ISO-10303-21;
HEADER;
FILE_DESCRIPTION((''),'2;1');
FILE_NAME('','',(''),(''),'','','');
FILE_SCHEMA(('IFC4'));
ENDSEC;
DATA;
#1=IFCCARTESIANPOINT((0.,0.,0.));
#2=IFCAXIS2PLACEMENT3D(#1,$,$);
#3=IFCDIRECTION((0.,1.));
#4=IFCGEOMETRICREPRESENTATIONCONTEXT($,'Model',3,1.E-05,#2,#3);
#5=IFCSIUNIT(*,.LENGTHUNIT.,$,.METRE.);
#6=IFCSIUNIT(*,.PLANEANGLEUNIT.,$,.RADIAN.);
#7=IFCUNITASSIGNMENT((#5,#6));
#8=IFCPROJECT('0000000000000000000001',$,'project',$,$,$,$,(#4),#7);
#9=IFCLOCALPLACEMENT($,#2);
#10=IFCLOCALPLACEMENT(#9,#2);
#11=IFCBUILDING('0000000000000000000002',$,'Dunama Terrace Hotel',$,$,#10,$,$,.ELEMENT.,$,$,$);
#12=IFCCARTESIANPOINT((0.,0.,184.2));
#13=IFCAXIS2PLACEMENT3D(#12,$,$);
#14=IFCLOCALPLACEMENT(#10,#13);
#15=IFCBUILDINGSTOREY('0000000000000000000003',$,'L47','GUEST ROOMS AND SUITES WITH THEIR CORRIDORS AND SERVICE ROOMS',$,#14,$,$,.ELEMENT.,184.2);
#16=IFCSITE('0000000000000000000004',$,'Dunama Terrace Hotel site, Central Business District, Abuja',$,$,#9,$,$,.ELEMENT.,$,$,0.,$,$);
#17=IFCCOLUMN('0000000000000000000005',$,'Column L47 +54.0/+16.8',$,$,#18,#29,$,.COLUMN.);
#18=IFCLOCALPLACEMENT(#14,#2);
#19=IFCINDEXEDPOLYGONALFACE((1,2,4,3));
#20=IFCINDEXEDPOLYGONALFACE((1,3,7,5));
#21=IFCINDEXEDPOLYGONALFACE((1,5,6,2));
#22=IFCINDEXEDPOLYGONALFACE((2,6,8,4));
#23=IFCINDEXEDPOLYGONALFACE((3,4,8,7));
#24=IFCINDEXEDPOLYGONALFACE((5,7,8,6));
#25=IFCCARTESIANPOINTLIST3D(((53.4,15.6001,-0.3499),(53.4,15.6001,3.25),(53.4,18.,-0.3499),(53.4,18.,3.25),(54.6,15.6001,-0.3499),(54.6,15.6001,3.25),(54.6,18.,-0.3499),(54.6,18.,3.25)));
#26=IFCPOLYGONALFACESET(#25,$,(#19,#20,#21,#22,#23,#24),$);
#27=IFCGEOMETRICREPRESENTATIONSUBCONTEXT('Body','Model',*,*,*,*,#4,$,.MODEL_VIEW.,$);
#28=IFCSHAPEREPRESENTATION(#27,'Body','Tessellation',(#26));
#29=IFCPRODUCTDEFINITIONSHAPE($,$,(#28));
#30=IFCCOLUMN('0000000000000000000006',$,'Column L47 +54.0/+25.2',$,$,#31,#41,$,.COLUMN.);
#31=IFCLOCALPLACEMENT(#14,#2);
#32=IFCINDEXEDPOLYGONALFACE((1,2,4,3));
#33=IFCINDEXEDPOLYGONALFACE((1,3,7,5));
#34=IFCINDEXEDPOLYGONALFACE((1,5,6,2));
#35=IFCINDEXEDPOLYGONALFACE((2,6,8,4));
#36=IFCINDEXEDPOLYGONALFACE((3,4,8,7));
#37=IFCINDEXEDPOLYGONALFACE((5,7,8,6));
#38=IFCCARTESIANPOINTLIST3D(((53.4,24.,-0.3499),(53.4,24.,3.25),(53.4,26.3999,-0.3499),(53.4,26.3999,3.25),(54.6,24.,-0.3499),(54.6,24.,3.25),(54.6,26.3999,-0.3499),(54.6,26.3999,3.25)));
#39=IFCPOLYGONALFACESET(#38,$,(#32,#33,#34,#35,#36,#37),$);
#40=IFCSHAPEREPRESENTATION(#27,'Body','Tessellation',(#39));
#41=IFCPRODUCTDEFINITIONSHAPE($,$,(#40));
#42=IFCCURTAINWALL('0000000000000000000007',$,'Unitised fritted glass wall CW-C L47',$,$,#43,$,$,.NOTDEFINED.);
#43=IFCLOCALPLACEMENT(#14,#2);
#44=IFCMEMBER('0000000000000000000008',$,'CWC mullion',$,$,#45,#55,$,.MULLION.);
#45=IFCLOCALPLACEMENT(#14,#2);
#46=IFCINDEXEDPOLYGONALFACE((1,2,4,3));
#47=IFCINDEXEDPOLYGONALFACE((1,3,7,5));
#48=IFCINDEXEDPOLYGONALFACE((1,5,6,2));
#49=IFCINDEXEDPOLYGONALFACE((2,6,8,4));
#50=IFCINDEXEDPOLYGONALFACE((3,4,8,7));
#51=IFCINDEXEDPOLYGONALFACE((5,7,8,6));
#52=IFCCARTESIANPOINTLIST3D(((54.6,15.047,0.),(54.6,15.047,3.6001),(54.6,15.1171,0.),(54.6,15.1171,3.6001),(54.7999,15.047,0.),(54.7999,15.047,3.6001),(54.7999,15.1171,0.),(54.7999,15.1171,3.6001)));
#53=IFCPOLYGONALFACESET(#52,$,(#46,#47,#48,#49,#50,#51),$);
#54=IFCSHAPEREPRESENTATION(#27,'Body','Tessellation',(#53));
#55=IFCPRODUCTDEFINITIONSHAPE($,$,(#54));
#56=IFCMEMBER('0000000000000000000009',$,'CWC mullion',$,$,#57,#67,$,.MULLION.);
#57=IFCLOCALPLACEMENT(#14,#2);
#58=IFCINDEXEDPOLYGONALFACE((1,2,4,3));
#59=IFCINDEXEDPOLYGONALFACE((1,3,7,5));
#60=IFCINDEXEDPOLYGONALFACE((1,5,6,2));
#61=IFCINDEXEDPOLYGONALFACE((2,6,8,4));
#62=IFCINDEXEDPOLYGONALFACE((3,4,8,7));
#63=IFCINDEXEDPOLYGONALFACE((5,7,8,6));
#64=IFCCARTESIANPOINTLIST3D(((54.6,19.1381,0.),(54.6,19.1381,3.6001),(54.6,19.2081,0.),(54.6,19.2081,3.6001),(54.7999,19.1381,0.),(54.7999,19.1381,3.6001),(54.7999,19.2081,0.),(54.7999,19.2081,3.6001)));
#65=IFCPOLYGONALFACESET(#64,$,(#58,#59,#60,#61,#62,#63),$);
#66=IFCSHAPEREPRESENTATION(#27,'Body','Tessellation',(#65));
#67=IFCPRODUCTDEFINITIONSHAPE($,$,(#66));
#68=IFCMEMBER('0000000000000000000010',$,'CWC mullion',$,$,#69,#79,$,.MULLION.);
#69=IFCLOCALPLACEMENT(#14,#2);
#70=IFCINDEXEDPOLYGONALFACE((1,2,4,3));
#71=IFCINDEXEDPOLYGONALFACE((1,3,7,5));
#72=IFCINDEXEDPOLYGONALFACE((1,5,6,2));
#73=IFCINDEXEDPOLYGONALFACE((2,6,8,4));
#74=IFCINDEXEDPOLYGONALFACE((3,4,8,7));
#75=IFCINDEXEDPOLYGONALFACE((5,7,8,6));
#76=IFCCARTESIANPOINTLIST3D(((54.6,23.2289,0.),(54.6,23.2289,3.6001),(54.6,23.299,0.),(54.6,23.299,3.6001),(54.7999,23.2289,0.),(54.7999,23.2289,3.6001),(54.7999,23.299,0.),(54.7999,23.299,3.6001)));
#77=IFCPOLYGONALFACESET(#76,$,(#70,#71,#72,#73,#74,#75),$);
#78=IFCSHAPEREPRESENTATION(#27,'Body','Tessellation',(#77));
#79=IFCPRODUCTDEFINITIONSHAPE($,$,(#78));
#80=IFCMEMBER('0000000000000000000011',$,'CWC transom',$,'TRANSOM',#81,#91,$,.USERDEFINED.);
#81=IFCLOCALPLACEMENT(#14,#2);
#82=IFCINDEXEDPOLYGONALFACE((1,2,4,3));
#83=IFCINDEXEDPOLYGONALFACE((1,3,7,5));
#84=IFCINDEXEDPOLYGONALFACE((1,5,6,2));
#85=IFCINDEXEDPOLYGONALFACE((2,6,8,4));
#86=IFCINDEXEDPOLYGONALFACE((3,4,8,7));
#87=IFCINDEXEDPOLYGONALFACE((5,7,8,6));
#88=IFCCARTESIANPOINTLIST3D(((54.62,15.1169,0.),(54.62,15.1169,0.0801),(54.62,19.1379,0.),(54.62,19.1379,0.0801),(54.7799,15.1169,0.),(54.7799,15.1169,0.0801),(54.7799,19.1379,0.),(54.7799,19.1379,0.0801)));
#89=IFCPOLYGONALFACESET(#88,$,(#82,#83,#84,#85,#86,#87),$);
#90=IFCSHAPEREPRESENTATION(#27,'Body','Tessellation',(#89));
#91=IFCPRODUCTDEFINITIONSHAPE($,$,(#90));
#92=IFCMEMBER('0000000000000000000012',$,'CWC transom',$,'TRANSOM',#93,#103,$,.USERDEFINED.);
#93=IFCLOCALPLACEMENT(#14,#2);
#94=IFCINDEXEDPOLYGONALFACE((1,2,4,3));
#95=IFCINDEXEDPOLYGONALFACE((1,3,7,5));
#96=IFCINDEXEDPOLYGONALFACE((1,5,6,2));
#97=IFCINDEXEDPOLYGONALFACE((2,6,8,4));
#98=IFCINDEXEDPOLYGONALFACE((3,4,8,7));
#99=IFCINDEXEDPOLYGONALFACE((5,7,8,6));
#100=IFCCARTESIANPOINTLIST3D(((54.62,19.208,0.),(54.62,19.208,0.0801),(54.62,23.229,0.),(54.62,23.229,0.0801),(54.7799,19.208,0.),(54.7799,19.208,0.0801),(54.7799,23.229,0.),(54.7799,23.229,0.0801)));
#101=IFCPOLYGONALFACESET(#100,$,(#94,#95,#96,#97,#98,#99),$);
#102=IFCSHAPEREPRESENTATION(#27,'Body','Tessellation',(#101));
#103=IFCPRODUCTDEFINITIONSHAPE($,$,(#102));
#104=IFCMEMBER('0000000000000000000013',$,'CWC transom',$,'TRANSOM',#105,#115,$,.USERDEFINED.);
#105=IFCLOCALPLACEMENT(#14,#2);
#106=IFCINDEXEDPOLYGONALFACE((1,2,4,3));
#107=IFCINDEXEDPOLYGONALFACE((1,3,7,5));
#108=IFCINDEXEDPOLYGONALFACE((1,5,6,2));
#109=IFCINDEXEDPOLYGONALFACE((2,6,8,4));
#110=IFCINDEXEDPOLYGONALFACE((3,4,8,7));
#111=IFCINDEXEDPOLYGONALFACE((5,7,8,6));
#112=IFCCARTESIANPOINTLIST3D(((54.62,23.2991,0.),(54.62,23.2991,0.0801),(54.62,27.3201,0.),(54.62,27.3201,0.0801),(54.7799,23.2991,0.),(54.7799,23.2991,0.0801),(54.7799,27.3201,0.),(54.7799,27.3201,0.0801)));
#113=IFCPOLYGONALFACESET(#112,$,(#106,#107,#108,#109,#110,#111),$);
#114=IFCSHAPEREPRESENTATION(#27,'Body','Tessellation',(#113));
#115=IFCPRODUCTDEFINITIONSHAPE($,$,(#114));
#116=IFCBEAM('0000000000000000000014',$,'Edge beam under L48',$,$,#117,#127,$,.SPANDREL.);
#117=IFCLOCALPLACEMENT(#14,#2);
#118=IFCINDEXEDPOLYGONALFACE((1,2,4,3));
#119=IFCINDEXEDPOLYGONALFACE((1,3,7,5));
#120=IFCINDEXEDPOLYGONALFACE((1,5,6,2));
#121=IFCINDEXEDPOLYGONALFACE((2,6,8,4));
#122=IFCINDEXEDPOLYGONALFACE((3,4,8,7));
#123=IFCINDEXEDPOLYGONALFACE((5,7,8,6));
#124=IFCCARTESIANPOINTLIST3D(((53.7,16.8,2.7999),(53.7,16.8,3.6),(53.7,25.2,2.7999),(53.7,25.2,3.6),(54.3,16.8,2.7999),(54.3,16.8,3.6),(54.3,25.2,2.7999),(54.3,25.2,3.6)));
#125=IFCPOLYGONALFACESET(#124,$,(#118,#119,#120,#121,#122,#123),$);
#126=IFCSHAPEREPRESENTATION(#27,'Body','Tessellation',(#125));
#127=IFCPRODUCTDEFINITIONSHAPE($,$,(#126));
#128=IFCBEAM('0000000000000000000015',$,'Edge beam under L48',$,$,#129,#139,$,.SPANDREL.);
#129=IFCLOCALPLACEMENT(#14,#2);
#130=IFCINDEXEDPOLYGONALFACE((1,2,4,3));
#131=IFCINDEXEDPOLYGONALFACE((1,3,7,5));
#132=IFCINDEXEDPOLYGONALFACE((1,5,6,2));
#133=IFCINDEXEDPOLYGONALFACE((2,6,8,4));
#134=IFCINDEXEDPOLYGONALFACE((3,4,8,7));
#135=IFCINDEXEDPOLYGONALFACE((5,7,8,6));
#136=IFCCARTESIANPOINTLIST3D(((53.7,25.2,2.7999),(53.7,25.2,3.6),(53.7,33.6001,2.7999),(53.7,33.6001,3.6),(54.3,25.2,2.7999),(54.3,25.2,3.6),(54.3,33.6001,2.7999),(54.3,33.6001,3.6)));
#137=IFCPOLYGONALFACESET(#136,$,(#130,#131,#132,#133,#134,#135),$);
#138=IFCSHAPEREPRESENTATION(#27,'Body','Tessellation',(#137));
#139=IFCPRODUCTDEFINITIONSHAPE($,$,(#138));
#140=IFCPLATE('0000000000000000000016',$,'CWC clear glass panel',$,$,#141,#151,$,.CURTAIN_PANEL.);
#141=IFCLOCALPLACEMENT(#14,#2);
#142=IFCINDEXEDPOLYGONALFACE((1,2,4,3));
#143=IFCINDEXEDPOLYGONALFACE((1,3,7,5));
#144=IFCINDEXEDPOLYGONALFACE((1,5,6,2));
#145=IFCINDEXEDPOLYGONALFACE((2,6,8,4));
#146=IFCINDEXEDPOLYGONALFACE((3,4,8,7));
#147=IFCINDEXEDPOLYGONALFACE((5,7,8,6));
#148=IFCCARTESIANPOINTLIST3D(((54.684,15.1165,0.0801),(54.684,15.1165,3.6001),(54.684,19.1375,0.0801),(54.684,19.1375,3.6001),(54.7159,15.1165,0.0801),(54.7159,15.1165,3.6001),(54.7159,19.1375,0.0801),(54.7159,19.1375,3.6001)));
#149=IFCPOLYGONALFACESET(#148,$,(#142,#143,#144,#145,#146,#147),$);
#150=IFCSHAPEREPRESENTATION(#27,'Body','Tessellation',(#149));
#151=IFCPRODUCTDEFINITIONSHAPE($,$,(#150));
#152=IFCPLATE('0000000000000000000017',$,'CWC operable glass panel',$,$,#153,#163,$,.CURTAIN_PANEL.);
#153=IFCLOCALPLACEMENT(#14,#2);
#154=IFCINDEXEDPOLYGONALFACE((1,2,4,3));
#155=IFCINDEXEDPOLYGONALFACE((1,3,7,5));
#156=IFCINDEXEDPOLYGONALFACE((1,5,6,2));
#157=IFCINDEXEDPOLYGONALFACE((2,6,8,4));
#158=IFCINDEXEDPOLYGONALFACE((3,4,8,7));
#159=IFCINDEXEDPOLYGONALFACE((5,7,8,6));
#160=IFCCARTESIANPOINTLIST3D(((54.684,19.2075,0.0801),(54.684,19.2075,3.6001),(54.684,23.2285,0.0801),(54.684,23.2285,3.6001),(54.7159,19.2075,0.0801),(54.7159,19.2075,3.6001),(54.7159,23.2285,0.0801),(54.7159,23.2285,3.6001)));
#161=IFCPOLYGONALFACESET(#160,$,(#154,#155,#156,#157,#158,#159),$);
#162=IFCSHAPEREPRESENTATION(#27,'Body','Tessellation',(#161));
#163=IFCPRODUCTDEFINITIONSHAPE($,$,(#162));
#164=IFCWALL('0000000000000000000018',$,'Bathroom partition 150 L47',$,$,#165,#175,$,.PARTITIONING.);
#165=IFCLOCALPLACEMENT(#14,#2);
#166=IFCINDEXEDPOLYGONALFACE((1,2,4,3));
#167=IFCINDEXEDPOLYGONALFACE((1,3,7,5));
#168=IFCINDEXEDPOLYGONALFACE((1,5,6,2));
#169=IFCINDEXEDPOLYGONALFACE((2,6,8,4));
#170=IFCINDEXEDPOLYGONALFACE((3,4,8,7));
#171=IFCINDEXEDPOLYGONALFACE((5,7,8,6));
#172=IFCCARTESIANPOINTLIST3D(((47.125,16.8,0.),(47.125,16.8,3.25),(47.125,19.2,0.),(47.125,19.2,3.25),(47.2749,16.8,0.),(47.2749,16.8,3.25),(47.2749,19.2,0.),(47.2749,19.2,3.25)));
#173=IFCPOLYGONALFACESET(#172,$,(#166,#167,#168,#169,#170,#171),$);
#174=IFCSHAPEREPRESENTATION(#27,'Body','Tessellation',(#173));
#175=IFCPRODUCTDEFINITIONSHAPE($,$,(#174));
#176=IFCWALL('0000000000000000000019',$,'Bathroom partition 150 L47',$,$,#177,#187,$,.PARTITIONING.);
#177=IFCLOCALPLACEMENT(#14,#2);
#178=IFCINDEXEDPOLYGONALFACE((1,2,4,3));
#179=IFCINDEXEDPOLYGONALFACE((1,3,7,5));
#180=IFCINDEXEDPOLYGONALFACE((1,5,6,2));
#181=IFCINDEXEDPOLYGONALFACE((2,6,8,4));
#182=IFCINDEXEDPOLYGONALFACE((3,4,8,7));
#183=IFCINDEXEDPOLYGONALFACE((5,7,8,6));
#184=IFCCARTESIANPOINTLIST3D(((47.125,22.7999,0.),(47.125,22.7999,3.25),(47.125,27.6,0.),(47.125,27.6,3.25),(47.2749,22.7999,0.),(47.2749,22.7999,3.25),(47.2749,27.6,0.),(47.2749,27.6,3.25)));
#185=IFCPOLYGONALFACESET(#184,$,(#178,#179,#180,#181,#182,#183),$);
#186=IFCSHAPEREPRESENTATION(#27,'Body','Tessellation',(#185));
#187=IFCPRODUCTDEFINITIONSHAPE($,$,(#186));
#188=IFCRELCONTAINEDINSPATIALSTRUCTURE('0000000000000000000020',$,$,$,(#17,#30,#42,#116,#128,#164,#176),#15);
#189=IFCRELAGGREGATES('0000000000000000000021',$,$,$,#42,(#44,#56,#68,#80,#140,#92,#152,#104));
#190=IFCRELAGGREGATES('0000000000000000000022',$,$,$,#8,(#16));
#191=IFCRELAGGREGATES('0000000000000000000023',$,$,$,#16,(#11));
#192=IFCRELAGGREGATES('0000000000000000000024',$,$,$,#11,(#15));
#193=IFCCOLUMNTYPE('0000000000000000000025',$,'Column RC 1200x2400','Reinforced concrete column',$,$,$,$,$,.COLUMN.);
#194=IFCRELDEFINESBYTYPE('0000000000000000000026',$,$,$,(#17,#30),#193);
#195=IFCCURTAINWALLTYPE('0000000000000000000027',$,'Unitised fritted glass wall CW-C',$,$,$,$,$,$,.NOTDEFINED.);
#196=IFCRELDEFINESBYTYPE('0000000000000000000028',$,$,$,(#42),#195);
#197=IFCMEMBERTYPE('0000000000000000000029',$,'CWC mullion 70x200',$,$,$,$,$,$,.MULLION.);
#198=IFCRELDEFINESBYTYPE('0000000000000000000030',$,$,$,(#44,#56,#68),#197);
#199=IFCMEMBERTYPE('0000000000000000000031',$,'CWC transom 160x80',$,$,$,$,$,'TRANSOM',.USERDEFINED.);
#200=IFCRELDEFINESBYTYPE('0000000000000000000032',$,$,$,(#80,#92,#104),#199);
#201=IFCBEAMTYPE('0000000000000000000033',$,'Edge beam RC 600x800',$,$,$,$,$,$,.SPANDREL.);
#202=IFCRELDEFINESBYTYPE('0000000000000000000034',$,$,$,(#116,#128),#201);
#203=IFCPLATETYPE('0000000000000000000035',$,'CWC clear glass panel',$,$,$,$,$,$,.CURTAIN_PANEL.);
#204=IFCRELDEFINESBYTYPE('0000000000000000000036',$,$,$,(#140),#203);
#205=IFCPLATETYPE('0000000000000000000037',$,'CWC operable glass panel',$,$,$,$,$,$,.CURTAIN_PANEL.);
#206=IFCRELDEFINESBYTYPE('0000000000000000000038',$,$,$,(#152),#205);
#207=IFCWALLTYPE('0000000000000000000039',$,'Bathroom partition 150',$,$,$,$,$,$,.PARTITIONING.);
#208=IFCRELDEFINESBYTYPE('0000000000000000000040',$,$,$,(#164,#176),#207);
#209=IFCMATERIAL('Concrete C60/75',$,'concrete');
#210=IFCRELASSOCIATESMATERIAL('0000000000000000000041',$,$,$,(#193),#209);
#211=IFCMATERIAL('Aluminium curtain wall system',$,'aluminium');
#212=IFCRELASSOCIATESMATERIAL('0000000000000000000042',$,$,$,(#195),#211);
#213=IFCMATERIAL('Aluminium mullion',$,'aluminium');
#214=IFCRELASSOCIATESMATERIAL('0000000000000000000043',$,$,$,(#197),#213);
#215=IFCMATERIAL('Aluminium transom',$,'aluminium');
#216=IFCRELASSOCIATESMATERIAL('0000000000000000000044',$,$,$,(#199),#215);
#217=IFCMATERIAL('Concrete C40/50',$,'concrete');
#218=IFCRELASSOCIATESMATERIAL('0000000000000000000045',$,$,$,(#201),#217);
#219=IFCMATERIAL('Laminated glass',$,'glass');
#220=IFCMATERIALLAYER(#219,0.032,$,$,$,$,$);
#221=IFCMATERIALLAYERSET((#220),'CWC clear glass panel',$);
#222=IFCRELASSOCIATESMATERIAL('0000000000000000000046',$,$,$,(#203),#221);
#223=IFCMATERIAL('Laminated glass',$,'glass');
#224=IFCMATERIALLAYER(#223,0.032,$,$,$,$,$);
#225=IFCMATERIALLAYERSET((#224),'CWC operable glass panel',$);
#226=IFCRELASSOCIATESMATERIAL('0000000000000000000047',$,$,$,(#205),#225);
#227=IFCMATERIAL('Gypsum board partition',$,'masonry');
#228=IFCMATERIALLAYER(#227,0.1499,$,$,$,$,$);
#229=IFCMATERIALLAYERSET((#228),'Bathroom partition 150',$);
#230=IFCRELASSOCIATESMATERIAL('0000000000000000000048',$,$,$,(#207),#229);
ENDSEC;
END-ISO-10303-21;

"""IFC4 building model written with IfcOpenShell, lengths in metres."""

from ifc_helpers import new_model, si_unit, direction, frame, frame_2d, origin, origin_2d, place, context, subcontext, project, spatial, rectangle, extrude, material, layer, layer_set, material_profile, profile_set, type_object, element, aggregate, save


model = new_model("IFC4")

# Units and contexts
model_context = context("Model", 3, precision=1e-05, world=origin(), true_north=direction((0.0, 1.0)))
body_context = subcontext(model_context, "Body", "Model", "MODEL_VIEW")
ifc_project = project(units=[si_unit("LENGTHUNIT", "METRE"), si_unit("PLANEANGLEUNIT", "RADIAN")], contexts=[model_context])

# Site, building, storey
site_placement = place(None, origin())
site = spatial("IfcSite", under=ifc_project, at=site_placement, Name="Dunama Terrace Hotel site, Central Business District, Abuja", CompositionType="ELEMENT", RefElevation=0.0)
building_placement = place(site_placement, origin())
building = spatial("IfcBuilding", under=site, at=building_placement, Name="Dunama Terrace Hotel", CompositionType="ELEMENT")
storey_placement = place(building_placement, frame((0.0, 0.0, 184.2)))
storey = spatial("IfcBuildingStorey", under=building, at=storey_placement, Name="L47", Description="GUEST ROOMS AND SUITES WITH THEIR CORRIDORS AND SERVICE ROOMS", CompositionType="ELEMENT", Elevation=184.2)

# Columns
ifc_material_1 = material(Name="Concrete C60/75", Category="concrete")
ifc_material_profile_1 = material_profile(ifc_material_1, rectangle(XDim=1.2, YDim=2.3999, at=origin_2d()), Name="RC 1200x2400")
ifc_profile_set_1 = profile_set([ifc_material_profile_1], Name="Concrete C60/75")
column_type = type_object("IfcColumnType", Name="Column RC 1200x2400", Description="Reinforced concrete column", PredefinedType="COLUMN", material=ifc_profile_set_1)
for number, where, z_axis, x_axis, name in (
    (1, (54.0, 16.8, -0.3499), (0.0, 0.0, 1.0), (1.0, 0.0, 0.0), "Column L47 +54.0/+16.8"),
    (2, (54.0, 25.2, -0.3499), (0.0, 0.0, 1.0), (1.0, 0.0, 0.0), "Column L47 +54.0/+25.2"),
):
    element("IfcColumn", number, at=place(storey_placement, frame(where, z_axis=z_axis, x_axis=x_axis)), inside=storey, type_object=column_type, Name=name, PredefinedType="COLUMN", context=body_context, shape_type="SweptSolid", body=[
        extrude(rectangle(XDim=1.2, YDim=2.3999, at=origin_2d()), origin(), (0.0, 0.0, 1.0), 3.5999),
    ])

# Curtain wall, members
ifc_material_2 = material(Name="Aluminium curtain wall system", Category="aluminium")
curtain_wall_type = type_object("IfcCurtainWallType", Name="Unitised fritted glass wall CW-C", PredefinedType="NOTDEFINED", material=ifc_material_2)
curtain_wall_placement = place(storey_placement, origin())
curtain_wall = element("IfcCurtainWall", 3, at=curtain_wall_placement, inside=storey, type_object=curtain_wall_type, Name="Unitised fritted glass wall CW-C L47", PredefinedType="NOTDEFINED")
ifc_material_3 = material(Name="Aluminium mullion", Category="aluminium")
ifc_material_profile_2 = material_profile(ifc_material_3, rectangle(XDim=0.0701, YDim=0.2, at=origin_2d()), Name="CWC MULLION 70X200")
ifc_profile_set_2 = profile_set([ifc_material_profile_2], Name="Aluminium mullion")
member_type_1 = type_object("IfcMemberType", Name="CWC mullion 70x200", PredefinedType="MULLION", material=ifc_profile_set_2)
member_1_placement = place(storey_placement, frame((54.7, 15.082, 0.0), z_axis=(0.0, 0.0, 1.0), x_axis=(0.0, 1.0, 0.0)))
member_1 = element("IfcMember", 4, at=member_1_placement, type_object=member_type_1, Name="CWC mullion", PredefinedType="MULLION", context=body_context, shape_type="SweptSolid", body=[
    extrude(rectangle(XDim=0.0701, YDim=0.2, at=origin_2d()), origin(), (0.0, 0.0, 1.0), 3.6001),
])
member_2_placement = place(storey_placement, frame((54.7, 19.1731, 0.0), z_axis=(0.0, 0.0, 1.0), x_axis=(0.0, 1.0, 0.0)))
member_2 = element("IfcMember", 5, at=member_2_placement, type_object=member_type_1, Name="CWC mullion", PredefinedType="MULLION", context=body_context, shape_type="SweptSolid", body=[
    extrude(rectangle(XDim=0.0701, YDim=0.2, at=origin_2d()), origin(), (0.0, 0.0, 1.0), 3.6001),
])
member_3_placement = place(storey_placement, frame((54.7, 23.2639, 0.0), z_axis=(0.0, 0.0, 1.0), x_axis=(0.0, 1.0, 0.0)))
member_3 = element("IfcMember", 6, at=member_3_placement, type_object=member_type_1, Name="CWC mullion", PredefinedType="MULLION", context=body_context, shape_type="SweptSolid", body=[
    extrude(rectangle(XDim=0.0701, YDim=0.2, at=origin_2d()), origin(), (0.0, 0.0, 1.0), 3.6001),
])
ifc_material_4 = material(Name="Aluminium transom", Category="aluminium")
ifc_material_profile_3 = material_profile(ifc_material_4, rectangle(XDim=0.1599, YDim=0.0801, at=origin_2d()), Name="CWC TRANSOM 160X80")
ifc_profile_set_3 = profile_set([ifc_material_profile_3], Name="Aluminium transom")
member_type_2 = type_object("IfcMemberType", Name="CWC transom 160x80", ElementType="TRANSOM", PredefinedType="USERDEFINED", material=ifc_profile_set_3)
member_4_placement = place(storey_placement, frame((54.7, 15.1169, 0.04), z_axis=(0.0, 1.0, 0.0), x_axis=(-1.0, 0.0, 0.0)))
member_4 = element("IfcMember", 7, at=member_4_placement, type_object=member_type_2, Name="CWC transom", ObjectType="TRANSOM", PredefinedType="USERDEFINED", context=body_context, shape_type="SweptSolid", body=[
    extrude(rectangle(XDim=0.1599, YDim=0.0801, at=origin_2d()), origin(), (0.0, 0.0, 1.0), 4.021),
])
member_5_placement = place(storey_placement, frame((54.7, 19.208, 0.04), z_axis=(0.0, 1.0, 0.0), x_axis=(-1.0, 0.0, 0.0)))
member_5 = element("IfcMember", 8, at=member_5_placement, type_object=member_type_2, Name="CWC transom", ObjectType="TRANSOM", PredefinedType="USERDEFINED", context=body_context, shape_type="SweptSolid", body=[
    extrude(rectangle(XDim=0.1599, YDim=0.0801, at=origin_2d()), origin(), (0.0, 0.0, 1.0), 4.021),
])
member_6_placement = place(storey_placement, frame((54.7, 23.2991, 0.04), z_axis=(0.0, 1.0, 0.0), x_axis=(-1.0, 0.0, 0.0)))
member_6 = element("IfcMember", 9, at=member_6_placement, type_object=member_type_2, Name="CWC transom", ObjectType="TRANSOM", PredefinedType="USERDEFINED", context=body_context, shape_type="SweptSolid", body=[
    extrude(rectangle(XDim=0.1599, YDim=0.0801, at=origin_2d()), origin(), (0.0, 0.0, 1.0), 4.021),
])

# Beams
ifc_material_5 = material(Name="Concrete C40/50", Category="concrete")
ifc_material_profile_4 = material_profile(ifc_material_5, rectangle(XDim=0.6001, YDim=0.8, at=origin_2d()), Name="RC 600x800")
ifc_profile_set_4 = profile_set([ifc_material_profile_4], Name="Concrete C40/50")
beam_type = type_object("IfcBeamType", Name="Edge beam RC 600x800", PredefinedType="SPANDREL", material=ifc_profile_set_4)
beam_1_placement = place(storey_placement, frame((54.0, 16.8, 3.2), z_axis=(0.0, 1.0, 0.0), x_axis=(-1.0, 0.0, 0.0)))
element("IfcBeam", 10, at=beam_1_placement, inside=storey, type_object=beam_type, Name="Edge beam under L48", PredefinedType="SPANDREL", context=body_context, shape_type="SweptSolid", body=[
    extrude(rectangle(XDim=0.6001, YDim=0.8, at=origin_2d()), origin(), (0.0, 0.0, 1.0), 8.3999),
])
beam_2_placement = place(storey_placement, frame((54.0, 25.2, 3.2), z_axis=(0.0, 1.0, 0.0), x_axis=(-1.0, 0.0, 0.0)))
element("IfcBeam", 11, at=beam_2_placement, inside=storey, type_object=beam_type, Name="Edge beam under L48", PredefinedType="SPANDREL", context=body_context, shape_type="SweptSolid", body=[
    extrude(rectangle(XDim=0.6001, YDim=0.8, at=origin_2d()), origin(), (0.0, 0.0, 1.0), 8.4001),
])

# Plates
ifc_material_6 = material(Name="Laminated glass", Category="glass")
ifc_layer_1 = layer(ifc_material_6, 0.032)
ifc_layer_set_1 = layer_set([ifc_layer_1], Name="CWC clear glass panel")
plate_type_1 = type_object("IfcPlateType", Name="CWC clear glass panel", PredefinedType="CURTAIN_PANEL", material=ifc_layer_set_1)
plate_1_placement = place(storey_placement, frame((54.7, 17.127, 0.0801), z_axis=(0.0, 0.0, 1.0), x_axis=(0.0, 1.0, 0.0)))
plate_1 = element("IfcPlate", 12, at=plate_1_placement, type_object=plate_type_1, Name="CWC clear glass panel", PredefinedType="CURTAIN_PANEL", context=body_context, shape_type="SweptSolid", body=[
    extrude(rectangle(XDim=4.021, YDim=0.032, at=origin_2d()), origin(), (0.0, 0.0, 1.0), 3.52),
])
ifc_material_7 = material(Name="Laminated glass", Category="glass")
ifc_layer_2 = layer(ifc_material_7, 0.032)
ifc_layer_set_2 = layer_set([ifc_layer_2], Name="CWC operable glass panel")
plate_type_2 = type_object("IfcPlateType", Name="CWC operable glass panel", PredefinedType="CURTAIN_PANEL", material=ifc_layer_set_2)
plate_2_placement = place(storey_placement, frame((54.7, 21.218, 0.0801), z_axis=(0.0, 0.0, 1.0), x_axis=(0.0, 1.0, 0.0)))
plate_2 = element("IfcPlate", 13, at=plate_2_placement, type_object=plate_type_2, Name="CWC operable glass panel", PredefinedType="CURTAIN_PANEL", context=body_context, shape_type="SweptSolid", body=[
    extrude(rectangle(XDim=4.021, YDim=0.032, at=origin_2d()), origin(), (0.0, 0.0, 1.0), 3.52),
])
aggregate(curtain_wall, [member_1, member_2, member_3, member_4, plate_1, member_5, plate_2, member_6])

# Walls
ifc_material_8 = material(Name="Gypsum board partition", Category="masonry")
ifc_layer_3 = layer(ifc_material_8, 0.1499)
ifc_layer_set_3 = layer_set([ifc_layer_3], Name="Bathroom partition 150")
wall_type_1 = type_object("IfcWallType", Name="Bathroom partition 150", PredefinedType="PARTITIONING", material=ifc_layer_set_3)
wall_1_placement = place(storey_placement, frame((47.2, 16.8, 0.0), z_axis=(0.0, 0.0, 1.0), x_axis=(0.0, 1.0, 0.0)))
element("IfcWall", 14, at=wall_1_placement, inside=storey, type_object=wall_type_1, Name="Bathroom partition 150 L47", PredefinedType="PARTITIONING", context=body_context, shape_type="SweptSolid", body=[
    extrude(rectangle(XDim=2.3999, YDim=0.1499, at=frame_2d((1.2, 0.0))), origin(), (0.0, 0.0, 1.0), 3.25),
])
wall_2_placement = place(storey_placement, frame((47.2, 22.8, 0.0), z_axis=(0.0, 0.0, 1.0), x_axis=(0.0, 1.0, 0.0)))
element("IfcWall", 15, at=wall_2_placement, inside=storey, type_object=wall_type_1, Name="Bathroom partition 150 L47", PredefinedType="PARTITIONING", context=body_context, shape_type="SweptSolid", body=[
    extrude(rectangle(XDim=4.8, YDim=0.1499, at=frame_2d((2.3999, 0.0))), origin(), (0.0, 0.0, 1.0), 3.25),
])

save(model, "model.ifc")
